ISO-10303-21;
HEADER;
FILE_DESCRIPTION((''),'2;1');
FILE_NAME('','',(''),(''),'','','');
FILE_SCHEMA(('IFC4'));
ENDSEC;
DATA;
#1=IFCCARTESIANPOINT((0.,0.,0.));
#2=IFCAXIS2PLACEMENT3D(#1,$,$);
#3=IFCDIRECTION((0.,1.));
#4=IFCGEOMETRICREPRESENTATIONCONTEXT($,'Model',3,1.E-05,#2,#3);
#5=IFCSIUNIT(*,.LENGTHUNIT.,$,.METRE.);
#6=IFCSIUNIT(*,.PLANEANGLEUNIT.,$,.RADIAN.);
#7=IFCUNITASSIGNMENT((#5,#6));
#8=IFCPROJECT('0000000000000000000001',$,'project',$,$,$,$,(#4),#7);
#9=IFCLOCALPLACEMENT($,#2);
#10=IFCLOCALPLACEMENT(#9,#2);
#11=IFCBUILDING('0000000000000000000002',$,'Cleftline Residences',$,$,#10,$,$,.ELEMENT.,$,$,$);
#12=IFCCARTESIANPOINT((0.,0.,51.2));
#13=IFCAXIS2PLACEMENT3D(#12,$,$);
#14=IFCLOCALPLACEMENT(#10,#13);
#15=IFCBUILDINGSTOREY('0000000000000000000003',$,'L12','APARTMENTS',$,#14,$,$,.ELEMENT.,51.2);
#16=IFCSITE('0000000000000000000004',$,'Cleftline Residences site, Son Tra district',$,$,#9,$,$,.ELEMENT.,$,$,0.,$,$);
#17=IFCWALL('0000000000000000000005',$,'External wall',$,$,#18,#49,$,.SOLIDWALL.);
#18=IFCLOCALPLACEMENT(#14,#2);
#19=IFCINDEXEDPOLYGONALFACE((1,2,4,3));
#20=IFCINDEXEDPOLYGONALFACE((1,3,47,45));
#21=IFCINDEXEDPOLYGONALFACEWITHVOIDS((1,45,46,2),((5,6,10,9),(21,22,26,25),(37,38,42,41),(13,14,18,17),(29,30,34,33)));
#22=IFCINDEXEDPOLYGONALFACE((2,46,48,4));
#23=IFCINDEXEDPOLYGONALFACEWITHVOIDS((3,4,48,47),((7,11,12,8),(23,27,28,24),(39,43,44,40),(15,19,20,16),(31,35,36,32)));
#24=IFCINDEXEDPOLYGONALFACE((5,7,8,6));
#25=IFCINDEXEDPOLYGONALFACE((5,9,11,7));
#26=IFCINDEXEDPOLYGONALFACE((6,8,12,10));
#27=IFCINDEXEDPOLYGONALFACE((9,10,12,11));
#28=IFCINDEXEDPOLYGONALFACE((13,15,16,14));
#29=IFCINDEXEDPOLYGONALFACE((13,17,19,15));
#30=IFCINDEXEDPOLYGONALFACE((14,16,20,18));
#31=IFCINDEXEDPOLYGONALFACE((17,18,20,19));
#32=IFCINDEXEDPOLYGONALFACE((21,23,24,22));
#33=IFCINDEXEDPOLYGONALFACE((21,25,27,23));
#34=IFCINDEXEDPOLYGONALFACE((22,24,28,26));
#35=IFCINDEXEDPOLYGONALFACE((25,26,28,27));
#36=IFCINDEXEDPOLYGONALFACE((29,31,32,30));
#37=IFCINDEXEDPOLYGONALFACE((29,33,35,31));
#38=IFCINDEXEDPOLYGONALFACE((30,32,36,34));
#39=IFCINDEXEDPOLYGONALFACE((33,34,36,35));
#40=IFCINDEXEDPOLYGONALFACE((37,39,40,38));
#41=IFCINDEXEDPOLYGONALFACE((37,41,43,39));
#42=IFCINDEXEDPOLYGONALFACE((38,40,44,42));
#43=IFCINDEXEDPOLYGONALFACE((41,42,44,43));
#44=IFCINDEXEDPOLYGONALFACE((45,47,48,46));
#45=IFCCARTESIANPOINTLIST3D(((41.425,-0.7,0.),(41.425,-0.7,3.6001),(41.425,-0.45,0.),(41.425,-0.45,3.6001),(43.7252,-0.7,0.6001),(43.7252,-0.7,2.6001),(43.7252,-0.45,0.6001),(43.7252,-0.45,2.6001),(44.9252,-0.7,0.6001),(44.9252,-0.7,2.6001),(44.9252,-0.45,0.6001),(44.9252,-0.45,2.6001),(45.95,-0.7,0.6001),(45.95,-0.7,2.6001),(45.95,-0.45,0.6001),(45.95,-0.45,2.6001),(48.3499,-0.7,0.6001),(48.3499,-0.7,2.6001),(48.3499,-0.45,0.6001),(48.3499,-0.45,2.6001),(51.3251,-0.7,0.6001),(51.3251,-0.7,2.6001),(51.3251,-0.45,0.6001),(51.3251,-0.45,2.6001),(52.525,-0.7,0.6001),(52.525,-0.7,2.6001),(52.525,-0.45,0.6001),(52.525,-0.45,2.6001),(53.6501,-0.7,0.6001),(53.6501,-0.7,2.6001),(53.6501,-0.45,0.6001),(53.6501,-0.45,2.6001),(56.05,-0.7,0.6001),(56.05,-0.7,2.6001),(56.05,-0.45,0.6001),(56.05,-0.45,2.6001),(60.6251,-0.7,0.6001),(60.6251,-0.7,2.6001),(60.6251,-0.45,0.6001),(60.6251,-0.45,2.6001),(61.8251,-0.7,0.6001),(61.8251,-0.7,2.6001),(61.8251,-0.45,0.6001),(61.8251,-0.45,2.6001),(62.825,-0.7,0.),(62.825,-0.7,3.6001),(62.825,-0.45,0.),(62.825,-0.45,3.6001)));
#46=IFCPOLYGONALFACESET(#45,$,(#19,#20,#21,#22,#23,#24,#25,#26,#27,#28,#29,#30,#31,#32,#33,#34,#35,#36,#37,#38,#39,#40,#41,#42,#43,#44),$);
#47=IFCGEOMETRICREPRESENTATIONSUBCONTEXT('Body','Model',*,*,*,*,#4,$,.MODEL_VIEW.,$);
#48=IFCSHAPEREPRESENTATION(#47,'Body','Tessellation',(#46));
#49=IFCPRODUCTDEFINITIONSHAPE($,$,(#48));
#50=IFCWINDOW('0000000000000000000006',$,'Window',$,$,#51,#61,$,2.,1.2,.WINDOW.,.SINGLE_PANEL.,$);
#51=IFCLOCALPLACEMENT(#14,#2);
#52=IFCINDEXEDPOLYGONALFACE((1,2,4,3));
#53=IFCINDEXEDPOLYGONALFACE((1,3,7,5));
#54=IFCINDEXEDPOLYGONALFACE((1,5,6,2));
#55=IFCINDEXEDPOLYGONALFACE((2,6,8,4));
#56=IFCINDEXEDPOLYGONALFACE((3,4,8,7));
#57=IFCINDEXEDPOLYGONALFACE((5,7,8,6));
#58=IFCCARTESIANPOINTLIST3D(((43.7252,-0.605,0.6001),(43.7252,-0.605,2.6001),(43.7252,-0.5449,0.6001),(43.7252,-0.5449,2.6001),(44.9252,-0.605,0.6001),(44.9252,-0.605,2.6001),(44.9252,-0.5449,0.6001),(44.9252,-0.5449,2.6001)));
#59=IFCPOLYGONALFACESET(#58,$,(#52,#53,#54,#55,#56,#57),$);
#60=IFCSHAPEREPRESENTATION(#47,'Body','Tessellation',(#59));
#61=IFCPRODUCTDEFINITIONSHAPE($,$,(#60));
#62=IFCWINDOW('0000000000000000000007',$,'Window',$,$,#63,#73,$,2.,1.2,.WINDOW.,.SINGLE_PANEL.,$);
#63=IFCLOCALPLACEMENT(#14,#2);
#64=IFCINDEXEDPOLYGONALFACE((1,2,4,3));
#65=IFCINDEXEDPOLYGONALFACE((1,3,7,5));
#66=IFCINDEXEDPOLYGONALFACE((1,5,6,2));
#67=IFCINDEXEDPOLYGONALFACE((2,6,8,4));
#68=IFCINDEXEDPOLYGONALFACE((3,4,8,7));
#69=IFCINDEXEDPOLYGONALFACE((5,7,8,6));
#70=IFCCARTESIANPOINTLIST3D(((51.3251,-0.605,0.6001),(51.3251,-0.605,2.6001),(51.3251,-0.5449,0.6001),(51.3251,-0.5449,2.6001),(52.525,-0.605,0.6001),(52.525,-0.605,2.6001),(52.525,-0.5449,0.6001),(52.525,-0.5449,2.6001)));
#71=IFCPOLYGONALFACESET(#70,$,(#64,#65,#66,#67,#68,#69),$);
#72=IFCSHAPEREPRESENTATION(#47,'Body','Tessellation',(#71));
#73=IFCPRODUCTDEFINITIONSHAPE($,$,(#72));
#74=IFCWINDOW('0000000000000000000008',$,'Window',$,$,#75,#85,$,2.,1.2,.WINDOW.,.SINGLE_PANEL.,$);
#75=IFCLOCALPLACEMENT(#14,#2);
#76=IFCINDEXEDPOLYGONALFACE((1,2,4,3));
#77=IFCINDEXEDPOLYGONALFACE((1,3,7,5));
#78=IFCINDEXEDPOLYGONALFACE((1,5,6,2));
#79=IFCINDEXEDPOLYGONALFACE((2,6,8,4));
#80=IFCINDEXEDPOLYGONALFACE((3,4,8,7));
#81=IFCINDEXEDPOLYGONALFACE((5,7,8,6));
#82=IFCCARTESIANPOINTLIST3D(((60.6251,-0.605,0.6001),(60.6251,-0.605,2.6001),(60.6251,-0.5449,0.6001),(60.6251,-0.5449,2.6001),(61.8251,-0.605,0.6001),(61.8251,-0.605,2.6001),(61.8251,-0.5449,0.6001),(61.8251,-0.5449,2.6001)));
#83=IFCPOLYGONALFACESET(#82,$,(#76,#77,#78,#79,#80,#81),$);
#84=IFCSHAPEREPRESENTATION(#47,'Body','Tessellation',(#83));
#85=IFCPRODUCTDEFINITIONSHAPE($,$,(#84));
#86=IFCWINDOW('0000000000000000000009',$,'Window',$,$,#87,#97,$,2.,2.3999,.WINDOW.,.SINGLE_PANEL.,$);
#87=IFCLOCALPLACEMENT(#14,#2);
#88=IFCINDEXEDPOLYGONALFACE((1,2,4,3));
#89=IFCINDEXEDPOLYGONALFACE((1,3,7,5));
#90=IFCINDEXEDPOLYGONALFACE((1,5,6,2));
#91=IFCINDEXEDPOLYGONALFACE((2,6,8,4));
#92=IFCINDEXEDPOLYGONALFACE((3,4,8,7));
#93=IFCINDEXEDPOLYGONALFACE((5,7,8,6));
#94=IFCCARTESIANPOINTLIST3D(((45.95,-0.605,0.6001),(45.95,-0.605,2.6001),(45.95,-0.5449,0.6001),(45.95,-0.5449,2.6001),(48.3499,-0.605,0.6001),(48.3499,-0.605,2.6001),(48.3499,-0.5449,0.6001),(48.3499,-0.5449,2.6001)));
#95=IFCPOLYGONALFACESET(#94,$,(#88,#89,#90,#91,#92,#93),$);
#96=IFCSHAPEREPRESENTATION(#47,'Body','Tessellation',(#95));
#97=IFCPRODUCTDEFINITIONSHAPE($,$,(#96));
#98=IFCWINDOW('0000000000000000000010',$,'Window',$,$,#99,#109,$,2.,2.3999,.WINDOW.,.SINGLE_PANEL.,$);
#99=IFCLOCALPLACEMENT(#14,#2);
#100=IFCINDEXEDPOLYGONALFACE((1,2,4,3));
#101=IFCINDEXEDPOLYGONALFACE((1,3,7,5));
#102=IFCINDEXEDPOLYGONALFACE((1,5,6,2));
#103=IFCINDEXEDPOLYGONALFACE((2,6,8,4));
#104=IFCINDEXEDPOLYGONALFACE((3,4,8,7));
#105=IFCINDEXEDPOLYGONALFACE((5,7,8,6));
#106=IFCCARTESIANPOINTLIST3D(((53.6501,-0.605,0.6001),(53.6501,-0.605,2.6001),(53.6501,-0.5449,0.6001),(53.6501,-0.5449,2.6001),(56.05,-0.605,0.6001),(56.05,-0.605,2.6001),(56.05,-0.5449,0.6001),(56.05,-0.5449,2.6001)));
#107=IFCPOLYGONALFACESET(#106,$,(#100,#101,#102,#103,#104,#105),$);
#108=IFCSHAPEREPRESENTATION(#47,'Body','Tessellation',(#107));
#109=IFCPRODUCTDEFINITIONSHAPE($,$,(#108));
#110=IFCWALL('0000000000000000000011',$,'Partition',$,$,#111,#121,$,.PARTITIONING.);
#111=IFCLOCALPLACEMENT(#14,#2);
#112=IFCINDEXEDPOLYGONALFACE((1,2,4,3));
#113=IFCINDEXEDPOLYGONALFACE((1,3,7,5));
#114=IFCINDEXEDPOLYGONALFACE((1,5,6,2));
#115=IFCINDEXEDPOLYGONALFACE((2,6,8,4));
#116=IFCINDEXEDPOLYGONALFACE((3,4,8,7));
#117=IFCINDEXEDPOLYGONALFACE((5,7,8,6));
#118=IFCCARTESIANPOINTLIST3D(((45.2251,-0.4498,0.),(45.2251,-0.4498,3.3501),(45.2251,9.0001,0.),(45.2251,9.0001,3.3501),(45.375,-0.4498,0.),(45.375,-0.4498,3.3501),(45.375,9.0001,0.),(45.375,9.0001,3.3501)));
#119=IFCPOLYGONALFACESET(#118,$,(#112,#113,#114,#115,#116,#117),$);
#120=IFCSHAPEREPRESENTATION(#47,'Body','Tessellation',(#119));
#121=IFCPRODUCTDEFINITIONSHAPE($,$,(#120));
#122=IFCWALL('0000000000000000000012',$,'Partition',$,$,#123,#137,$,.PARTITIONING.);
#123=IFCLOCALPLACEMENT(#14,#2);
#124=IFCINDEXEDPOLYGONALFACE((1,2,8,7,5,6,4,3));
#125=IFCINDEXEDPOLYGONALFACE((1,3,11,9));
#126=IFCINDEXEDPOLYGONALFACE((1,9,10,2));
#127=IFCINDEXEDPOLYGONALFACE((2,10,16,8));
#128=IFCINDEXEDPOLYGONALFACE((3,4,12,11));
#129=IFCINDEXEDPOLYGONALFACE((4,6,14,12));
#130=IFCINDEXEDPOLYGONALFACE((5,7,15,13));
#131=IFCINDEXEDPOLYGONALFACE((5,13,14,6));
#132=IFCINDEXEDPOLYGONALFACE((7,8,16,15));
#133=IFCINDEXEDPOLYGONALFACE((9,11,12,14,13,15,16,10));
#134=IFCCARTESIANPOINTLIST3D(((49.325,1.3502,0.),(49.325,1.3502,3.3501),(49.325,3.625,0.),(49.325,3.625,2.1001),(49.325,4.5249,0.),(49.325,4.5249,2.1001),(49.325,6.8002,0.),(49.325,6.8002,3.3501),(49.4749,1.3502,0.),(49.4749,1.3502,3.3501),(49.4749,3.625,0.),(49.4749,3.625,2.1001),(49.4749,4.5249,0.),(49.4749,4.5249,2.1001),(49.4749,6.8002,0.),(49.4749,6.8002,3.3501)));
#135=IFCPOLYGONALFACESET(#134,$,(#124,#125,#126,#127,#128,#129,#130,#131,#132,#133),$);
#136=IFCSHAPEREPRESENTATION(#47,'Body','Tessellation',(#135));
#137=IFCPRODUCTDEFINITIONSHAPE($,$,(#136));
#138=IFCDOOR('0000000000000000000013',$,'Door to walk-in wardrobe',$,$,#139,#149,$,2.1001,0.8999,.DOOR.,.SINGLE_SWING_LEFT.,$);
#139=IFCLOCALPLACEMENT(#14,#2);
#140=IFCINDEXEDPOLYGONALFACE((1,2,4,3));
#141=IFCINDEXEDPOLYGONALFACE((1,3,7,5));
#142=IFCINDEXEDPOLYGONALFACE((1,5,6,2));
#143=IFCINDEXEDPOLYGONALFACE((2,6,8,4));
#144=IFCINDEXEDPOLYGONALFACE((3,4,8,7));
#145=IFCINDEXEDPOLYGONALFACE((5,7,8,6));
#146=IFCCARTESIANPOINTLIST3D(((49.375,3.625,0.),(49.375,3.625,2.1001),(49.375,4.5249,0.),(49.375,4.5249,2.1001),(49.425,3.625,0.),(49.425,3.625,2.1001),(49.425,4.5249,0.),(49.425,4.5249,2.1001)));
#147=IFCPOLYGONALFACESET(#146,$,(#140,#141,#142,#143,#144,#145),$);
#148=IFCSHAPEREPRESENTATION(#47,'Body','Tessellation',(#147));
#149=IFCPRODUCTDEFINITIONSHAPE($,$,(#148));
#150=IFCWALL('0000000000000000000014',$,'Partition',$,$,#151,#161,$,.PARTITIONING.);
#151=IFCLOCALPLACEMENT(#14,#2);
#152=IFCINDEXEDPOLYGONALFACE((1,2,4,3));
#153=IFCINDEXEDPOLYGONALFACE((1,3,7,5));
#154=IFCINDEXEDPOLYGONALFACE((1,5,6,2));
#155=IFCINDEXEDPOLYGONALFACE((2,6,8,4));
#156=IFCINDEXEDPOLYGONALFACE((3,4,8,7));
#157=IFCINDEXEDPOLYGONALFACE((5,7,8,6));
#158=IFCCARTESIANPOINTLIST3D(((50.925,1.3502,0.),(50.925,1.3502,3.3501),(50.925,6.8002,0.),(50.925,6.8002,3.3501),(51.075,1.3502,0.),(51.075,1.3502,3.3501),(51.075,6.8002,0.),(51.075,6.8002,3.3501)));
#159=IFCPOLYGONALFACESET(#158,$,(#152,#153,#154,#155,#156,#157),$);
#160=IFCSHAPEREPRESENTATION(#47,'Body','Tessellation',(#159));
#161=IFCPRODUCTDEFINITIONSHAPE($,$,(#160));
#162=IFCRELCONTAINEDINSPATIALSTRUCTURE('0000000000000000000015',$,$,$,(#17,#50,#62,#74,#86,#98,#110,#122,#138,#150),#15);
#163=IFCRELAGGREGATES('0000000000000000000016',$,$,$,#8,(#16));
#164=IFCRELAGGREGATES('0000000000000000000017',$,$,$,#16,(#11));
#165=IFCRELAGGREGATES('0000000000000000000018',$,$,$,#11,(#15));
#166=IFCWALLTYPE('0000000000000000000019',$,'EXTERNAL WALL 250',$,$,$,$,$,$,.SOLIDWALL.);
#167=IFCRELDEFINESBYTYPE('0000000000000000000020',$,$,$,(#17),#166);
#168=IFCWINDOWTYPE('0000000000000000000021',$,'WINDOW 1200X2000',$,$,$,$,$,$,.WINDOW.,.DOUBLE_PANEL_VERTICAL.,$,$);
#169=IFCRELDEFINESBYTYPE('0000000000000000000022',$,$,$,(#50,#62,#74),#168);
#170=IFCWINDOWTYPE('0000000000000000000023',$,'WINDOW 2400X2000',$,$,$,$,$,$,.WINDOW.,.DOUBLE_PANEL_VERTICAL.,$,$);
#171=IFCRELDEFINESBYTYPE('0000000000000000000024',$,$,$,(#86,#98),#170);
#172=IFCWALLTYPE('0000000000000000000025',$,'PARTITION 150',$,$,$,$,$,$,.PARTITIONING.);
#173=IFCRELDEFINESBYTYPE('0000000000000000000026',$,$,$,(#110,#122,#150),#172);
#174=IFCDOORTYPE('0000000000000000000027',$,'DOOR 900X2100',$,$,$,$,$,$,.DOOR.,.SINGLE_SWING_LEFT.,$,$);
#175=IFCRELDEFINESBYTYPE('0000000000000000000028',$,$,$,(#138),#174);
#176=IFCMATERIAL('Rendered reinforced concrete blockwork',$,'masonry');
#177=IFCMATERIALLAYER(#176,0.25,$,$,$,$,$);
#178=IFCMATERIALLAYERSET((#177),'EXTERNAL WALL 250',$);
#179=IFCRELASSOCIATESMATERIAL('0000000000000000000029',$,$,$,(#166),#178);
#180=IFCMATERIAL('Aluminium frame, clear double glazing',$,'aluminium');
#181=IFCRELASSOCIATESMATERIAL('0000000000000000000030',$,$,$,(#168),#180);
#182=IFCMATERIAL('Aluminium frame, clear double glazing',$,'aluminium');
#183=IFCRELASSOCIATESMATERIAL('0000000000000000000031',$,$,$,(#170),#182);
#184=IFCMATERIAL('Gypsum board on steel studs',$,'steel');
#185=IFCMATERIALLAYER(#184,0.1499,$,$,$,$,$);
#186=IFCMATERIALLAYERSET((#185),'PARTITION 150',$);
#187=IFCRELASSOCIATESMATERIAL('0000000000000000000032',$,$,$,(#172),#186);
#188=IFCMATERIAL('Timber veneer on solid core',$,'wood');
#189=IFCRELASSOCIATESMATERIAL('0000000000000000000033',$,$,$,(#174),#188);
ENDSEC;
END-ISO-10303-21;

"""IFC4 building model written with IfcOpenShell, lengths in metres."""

from ifc_helpers import new_model, si_unit, direction, frame, frame_2d, origin, place, context, subcontext, project, spatial, rectangle, extrude, material, layer, layer_set, type_object, element, fill, save


model = new_model("IFC4")

# Units and contexts
model_context = context("Model", 3, precision=1e-05, world=origin(), true_north=direction((0.0, 1.0)))
body_context = subcontext(model_context, "Body", "Model", "MODEL_VIEW")
ifc_project = project(units=[si_unit("LENGTHUNIT", "METRE"), si_unit("PLANEANGLEUNIT", "RADIAN")], contexts=[model_context])

# Site, building, storey
site_placement = place(None, origin())
site = spatial("IfcSite", under=ifc_project, at=site_placement, Name="Cleftline Residences site, Son Tra district", CompositionType="ELEMENT", RefElevation=0.0)
building_placement = place(site_placement, origin())
building = spatial("IfcBuilding", under=site, at=building_placement, Name="Cleftline Residences", CompositionType="ELEMENT")
storey_placement = place(building_placement, frame((0.0, 0.0, 51.2)))
storey = spatial("IfcBuildingStorey", under=building, at=storey_placement, Name="L12", Description="APARTMENTS", CompositionType="ELEMENT", Elevation=51.2)

# Wall, openings, windows
ifc_material_1 = material(Name="Rendered reinforced concrete blockwork", Category="masonry")
ifc_layer_1 = layer(ifc_material_1, 0.25)
ifc_layer_set_1 = layer_set([ifc_layer_1], Name="EXTERNAL WALL 250")
wall_type_1 = type_object("IfcWallType", Name="EXTERNAL WALL 250", PredefinedType="SOLIDWALL", material=ifc_layer_set_1)
wall_1_placement = place(storey_placement, frame((41.425, -0.575, 0.0), z_axis=(0.0, 0.0, 1.0), x_axis=(1.0, 0.0, 0.0)))
wall_1 = element("IfcWall", 1, at=wall_1_placement, inside=storey, type_object=wall_type_1, Name="External wall", PredefinedType="SOLIDWALL", context=body_context, shape_type="SweptSolid", body=[
    extrude(rectangle(XDim=21.3999, YDim=0.25, at=frame_2d((10.7, 0.0))), origin(), (0.0, 0.0, 1.0), 3.6001),
])
opening_1_placement = place(wall_1_placement, frame((2.3, 0.0, 0.6001)))
opening_1 = element("IfcOpeningElement", 2, at=opening_1_placement, cuts=wall_1, PredefinedType="OPENING", context=body_context, shape_type="SweptSolid", body=[
    extrude(rectangle(XDim=1.2, YDim=2.0, at=frame_2d((0.6001, 1.0))), frame((0.0, 0.135, 0.0), z_axis=(0.0, -1.0, 0.0), x_axis=(1.0, 0.0, 0.0)), (0.0, 0.0, 1.0), 0.27),
])
opening_2_placement = place(wall_1_placement, frame((4.5249, 0.0, 0.6001)))
opening_2 = element("IfcOpeningElement", 3, at=opening_2_placement, cuts=wall_1, PredefinedType="OPENING", context=body_context, shape_type="SweptSolid", body=[
    extrude(rectangle(XDim=2.3999, YDim=2.0, at=frame_2d((1.2, 1.0))), frame((0.0, 0.135, 0.0), z_axis=(0.0, -1.0, 0.0), x_axis=(1.0, 0.0, 0.0)), (0.0, 0.0, 1.0), 0.27),
])
opening_3_placement = place(wall_1_placement, frame((9.8999, 0.0, 0.6001)))
opening_3 = element("IfcOpeningElement", 4, at=opening_3_placement, cuts=wall_1, PredefinedType="OPENING", context=body_context, shape_type="SweptSolid", body=[
    extrude(rectangle(XDim=1.2, YDim=2.0, at=frame_2d((0.6001, 1.0))), frame((0.0, 0.135, 0.0), z_axis=(0.0, -1.0, 0.0), x_axis=(1.0, 0.0, 0.0)), (0.0, 0.0, 1.0), 0.27),
])
opening_4_placement = place(wall_1_placement, frame((12.2251, 0.0, 0.6001)))
opening_4 = element("IfcOpeningElement", 5, at=opening_4_placement, cuts=wall_1, PredefinedType="OPENING", context=body_context, shape_type="SweptSolid", body=[
    extrude(rectangle(XDim=2.3999, YDim=2.0, at=frame_2d((1.2, 1.0))), frame((0.0, 0.135, 0.0), z_axis=(0.0, -1.0, 0.0), x_axis=(1.0, 0.0, 0.0)), (0.0, 0.0, 1.0), 0.27),
])
opening_5_placement = place(wall_1_placement, frame((19.2, 0.0, 0.6001)))
opening_5 = element("IfcOpeningElement", 6, at=opening_5_placement, cuts=wall_1, PredefinedType="OPENING", context=body_context, shape_type="SweptSolid", body=[
    extrude(rectangle(XDim=1.2, YDim=2.0, at=frame_2d((0.6001, 1.0))), frame((0.0, 0.135, 0.0), z_axis=(0.0, -1.0, 0.0), x_axis=(1.0, 0.0, 0.0)), (0.0, 0.0, 1.0), 0.27),
])
ifc_material_2 = material(Name="Aluminium frame, clear double glazing", Category="aluminium")
window_type_1 = type_object("IfcWindowType", Name="WINDOW 1200X2000", PartitioningType="DOUBLE_PANEL_VERTICAL", PredefinedType="WINDOW", material=ifc_material_2)
window_1_placement = place(opening_1_placement, origin())
window_1 = element("IfcWindow", 7, at=window_1_placement, inside=storey, type_object=window_type_1, Name="Window", OverallHeight=2.0, OverallWidth=1.2, PartitioningType="SINGLE_PANEL", PredefinedType="WINDOW", context=body_context, shape_type="SweptSolid", body=[
    extrude(rectangle(XDim=1.2, YDim=2.0, at=frame_2d((0.6001, 1.0))), frame((0.0, 0.03, 0.0), z_axis=(0.0, -1.0, 0.0), x_axis=(1.0, 0.0, 0.0)), (0.0, 0.0, 1.0), 0.0601),
])
fill(opening_1, window_1)
window_2_placement = place(opening_3_placement, origin())
window_2 = element("IfcWindow", 8, at=window_2_placement, inside=storey, type_object=window_type_1, Name="Window", OverallHeight=2.0, OverallWidth=1.2, PartitioningType="SINGLE_PANEL", PredefinedType="WINDOW", context=body_context, shape_type="SweptSolid", body=[
    extrude(rectangle(XDim=1.2, YDim=2.0, at=frame_2d((0.6001, 1.0))), frame((0.0, 0.03, 0.0), z_axis=(0.0, -1.0, 0.0), x_axis=(1.0, 0.0, 0.0)), (0.0, 0.0, 1.0), 0.0601),
])
fill(opening_3, window_2)
window_3_placement = place(opening_5_placement, origin())
window_3 = element("IfcWindow", 9, at=window_3_placement, inside=storey, type_object=window_type_1, Name="Window", OverallHeight=2.0, OverallWidth=1.2, PartitioningType="SINGLE_PANEL", PredefinedType="WINDOW", context=body_context, shape_type="SweptSolid", body=[
    extrude(rectangle(XDim=1.2, YDim=2.0, at=frame_2d((0.6001, 1.0))), frame((0.0, 0.03, 0.0), z_axis=(0.0, -1.0, 0.0), x_axis=(1.0, 0.0, 0.0)), (0.0, 0.0, 1.0), 0.0601),
])
fill(opening_5, window_3)
ifc_material_3 = material(Name="Aluminium frame, clear double glazing", Category="aluminium")
window_type_2 = type_object("IfcWindowType", Name="WINDOW 2400X2000", PartitioningType="DOUBLE_PANEL_VERTICAL", PredefinedType="WINDOW", material=ifc_material_3)
window_4_placement = place(opening_2_placement, origin())
window_4 = element("IfcWindow", 10, at=window_4_placement, inside=storey, type_object=window_type_2, Name="Window", OverallHeight=2.0, OverallWidth=2.3999, PartitioningType="SINGLE_PANEL", PredefinedType="WINDOW", context=body_context, shape_type="SweptSolid", body=[
    extrude(rectangle(XDim=2.3999, YDim=2.0, at=frame_2d((1.2, 1.0))), frame((0.0, 0.03, 0.0), z_axis=(0.0, -1.0, 0.0), x_axis=(1.0, 0.0, 0.0)), (0.0, 0.0, 1.0), 0.0601),
])
fill(opening_2, window_4)
window_5_placement = place(opening_4_placement, origin())
window_5 = element("IfcWindow", 11, at=window_5_placement, inside=storey, type_object=window_type_2, Name="Window", OverallHeight=2.0, OverallWidth=2.3999, PartitioningType="SINGLE_PANEL", PredefinedType="WINDOW", context=body_context, shape_type="SweptSolid", body=[
    extrude(rectangle(XDim=2.3999, YDim=2.0, at=frame_2d((1.2, 1.0))), frame((0.0, 0.03, 0.0), z_axis=(0.0, -1.0, 0.0), x_axis=(1.0, 0.0, 0.0)), (0.0, 0.0, 1.0), 0.0601),
])
fill(opening_4, window_5)

# Wall
ifc_material_4 = material(Name="Gypsum board on steel studs", Category="steel")
ifc_layer_2 = layer(ifc_material_4, 0.1499)
ifc_layer_set_2 = layer_set([ifc_layer_2], Name="PARTITION 150")
wall_type_2 = type_object("IfcWallType", Name="PARTITION 150", PredefinedType="PARTITIONING", material=ifc_layer_set_2)
wall_2_placement = place(storey_placement, frame((45.3, -0.45, 0.0), z_axis=(0.0, 0.0, 1.0), x_axis=(0.0, 1.0, 0.0)))
element("IfcWall", 12, at=wall_2_placement, inside=storey, type_object=wall_type_2, Name="Partition", PredefinedType="PARTITIONING", context=body_context, shape_type="SweptSolid", body=[
    extrude(rectangle(XDim=9.45, YDim=0.1499, at=frame_2d((4.7251, 0.0))), origin(), (0.0, 0.0, 1.0), 3.3501),
])

# Wall, opening, door
wall_3_placement = place(storey_placement, frame((49.3999, 1.3501, 0.0), z_axis=(0.0, 0.0, 1.0), x_axis=(0.0, 1.0, 0.0)))
wall_3 = element("IfcWall", 13, at=wall_3_placement, inside=storey, type_object=wall_type_2, Name="Partition", PredefinedType="PARTITIONING", context=body_context, shape_type="SweptSolid", body=[
    extrude(rectangle(XDim=5.45, YDim=0.1499, at=frame_2d((2.7251, 0.0))), origin(), (0.0, 0.0, 1.0), 3.3501),
])
opening_6_placement = place(wall_3_placement, frame((2.2749, 0.0, 0.0)))
opening_6 = element("IfcOpeningElement", 14, at=opening_6_placement, cuts=wall_3, PredefinedType="OPENING", context=body_context, shape_type="SweptSolid", body=[
    extrude(rectangle(XDim=0.8999, YDim=2.1001, at=frame_2d((0.45, 1.05))), frame((0.0, 0.085, 0.0), z_axis=(0.0, -1.0, 0.0), x_axis=(1.0, 0.0, 0.0)), (0.0, 0.0, 1.0), 0.1699),
])
ifc_material_5 = material(Name="Timber veneer on solid core", Category="wood")
door_type = type_object("IfcDoorType", Name="DOOR 900X2100", OperationType="SINGLE_SWING_LEFT", PredefinedType="DOOR", material=ifc_material_5)
door_placement = place(opening_6_placement, origin())
door = element("IfcDoor", 15, at=door_placement, inside=storey, type_object=door_type, Name="Door to walk-in wardrobe", OperationType="SINGLE_SWING_LEFT", OverallHeight=2.1001, OverallWidth=0.8999, PredefinedType="DOOR", context=body_context, shape_type="SweptSolid", body=[
    extrude(rectangle(XDim=0.8999, YDim=2.1001, at=frame_2d((0.45, 1.05))), frame((0.0, 0.0249, 0.0), z_axis=(0.0, -1.0, 0.0), x_axis=(1.0, 0.0, 0.0)), (0.0, 0.0, 1.0), 0.05),
])
fill(opening_6, door)

# Wall
wall_4_placement = place(storey_placement, frame((51.0, 1.3501, 0.0), z_axis=(0.0, 0.0, 1.0), x_axis=(0.0, 1.0, 0.0)))
element("IfcWall", 16, at=wall_4_placement, inside=storey, type_object=wall_type_2, Name="Partition", PredefinedType="PARTITIONING", context=body_context, shape_type="SweptSolid", body=[
    extrude(rectangle(XDim=5.45, YDim=0.1499, at=frame_2d((2.7251, 0.0))), origin(), (0.0, 0.0, 1.0), 3.3501),
])

save(model, "model.ifc")
